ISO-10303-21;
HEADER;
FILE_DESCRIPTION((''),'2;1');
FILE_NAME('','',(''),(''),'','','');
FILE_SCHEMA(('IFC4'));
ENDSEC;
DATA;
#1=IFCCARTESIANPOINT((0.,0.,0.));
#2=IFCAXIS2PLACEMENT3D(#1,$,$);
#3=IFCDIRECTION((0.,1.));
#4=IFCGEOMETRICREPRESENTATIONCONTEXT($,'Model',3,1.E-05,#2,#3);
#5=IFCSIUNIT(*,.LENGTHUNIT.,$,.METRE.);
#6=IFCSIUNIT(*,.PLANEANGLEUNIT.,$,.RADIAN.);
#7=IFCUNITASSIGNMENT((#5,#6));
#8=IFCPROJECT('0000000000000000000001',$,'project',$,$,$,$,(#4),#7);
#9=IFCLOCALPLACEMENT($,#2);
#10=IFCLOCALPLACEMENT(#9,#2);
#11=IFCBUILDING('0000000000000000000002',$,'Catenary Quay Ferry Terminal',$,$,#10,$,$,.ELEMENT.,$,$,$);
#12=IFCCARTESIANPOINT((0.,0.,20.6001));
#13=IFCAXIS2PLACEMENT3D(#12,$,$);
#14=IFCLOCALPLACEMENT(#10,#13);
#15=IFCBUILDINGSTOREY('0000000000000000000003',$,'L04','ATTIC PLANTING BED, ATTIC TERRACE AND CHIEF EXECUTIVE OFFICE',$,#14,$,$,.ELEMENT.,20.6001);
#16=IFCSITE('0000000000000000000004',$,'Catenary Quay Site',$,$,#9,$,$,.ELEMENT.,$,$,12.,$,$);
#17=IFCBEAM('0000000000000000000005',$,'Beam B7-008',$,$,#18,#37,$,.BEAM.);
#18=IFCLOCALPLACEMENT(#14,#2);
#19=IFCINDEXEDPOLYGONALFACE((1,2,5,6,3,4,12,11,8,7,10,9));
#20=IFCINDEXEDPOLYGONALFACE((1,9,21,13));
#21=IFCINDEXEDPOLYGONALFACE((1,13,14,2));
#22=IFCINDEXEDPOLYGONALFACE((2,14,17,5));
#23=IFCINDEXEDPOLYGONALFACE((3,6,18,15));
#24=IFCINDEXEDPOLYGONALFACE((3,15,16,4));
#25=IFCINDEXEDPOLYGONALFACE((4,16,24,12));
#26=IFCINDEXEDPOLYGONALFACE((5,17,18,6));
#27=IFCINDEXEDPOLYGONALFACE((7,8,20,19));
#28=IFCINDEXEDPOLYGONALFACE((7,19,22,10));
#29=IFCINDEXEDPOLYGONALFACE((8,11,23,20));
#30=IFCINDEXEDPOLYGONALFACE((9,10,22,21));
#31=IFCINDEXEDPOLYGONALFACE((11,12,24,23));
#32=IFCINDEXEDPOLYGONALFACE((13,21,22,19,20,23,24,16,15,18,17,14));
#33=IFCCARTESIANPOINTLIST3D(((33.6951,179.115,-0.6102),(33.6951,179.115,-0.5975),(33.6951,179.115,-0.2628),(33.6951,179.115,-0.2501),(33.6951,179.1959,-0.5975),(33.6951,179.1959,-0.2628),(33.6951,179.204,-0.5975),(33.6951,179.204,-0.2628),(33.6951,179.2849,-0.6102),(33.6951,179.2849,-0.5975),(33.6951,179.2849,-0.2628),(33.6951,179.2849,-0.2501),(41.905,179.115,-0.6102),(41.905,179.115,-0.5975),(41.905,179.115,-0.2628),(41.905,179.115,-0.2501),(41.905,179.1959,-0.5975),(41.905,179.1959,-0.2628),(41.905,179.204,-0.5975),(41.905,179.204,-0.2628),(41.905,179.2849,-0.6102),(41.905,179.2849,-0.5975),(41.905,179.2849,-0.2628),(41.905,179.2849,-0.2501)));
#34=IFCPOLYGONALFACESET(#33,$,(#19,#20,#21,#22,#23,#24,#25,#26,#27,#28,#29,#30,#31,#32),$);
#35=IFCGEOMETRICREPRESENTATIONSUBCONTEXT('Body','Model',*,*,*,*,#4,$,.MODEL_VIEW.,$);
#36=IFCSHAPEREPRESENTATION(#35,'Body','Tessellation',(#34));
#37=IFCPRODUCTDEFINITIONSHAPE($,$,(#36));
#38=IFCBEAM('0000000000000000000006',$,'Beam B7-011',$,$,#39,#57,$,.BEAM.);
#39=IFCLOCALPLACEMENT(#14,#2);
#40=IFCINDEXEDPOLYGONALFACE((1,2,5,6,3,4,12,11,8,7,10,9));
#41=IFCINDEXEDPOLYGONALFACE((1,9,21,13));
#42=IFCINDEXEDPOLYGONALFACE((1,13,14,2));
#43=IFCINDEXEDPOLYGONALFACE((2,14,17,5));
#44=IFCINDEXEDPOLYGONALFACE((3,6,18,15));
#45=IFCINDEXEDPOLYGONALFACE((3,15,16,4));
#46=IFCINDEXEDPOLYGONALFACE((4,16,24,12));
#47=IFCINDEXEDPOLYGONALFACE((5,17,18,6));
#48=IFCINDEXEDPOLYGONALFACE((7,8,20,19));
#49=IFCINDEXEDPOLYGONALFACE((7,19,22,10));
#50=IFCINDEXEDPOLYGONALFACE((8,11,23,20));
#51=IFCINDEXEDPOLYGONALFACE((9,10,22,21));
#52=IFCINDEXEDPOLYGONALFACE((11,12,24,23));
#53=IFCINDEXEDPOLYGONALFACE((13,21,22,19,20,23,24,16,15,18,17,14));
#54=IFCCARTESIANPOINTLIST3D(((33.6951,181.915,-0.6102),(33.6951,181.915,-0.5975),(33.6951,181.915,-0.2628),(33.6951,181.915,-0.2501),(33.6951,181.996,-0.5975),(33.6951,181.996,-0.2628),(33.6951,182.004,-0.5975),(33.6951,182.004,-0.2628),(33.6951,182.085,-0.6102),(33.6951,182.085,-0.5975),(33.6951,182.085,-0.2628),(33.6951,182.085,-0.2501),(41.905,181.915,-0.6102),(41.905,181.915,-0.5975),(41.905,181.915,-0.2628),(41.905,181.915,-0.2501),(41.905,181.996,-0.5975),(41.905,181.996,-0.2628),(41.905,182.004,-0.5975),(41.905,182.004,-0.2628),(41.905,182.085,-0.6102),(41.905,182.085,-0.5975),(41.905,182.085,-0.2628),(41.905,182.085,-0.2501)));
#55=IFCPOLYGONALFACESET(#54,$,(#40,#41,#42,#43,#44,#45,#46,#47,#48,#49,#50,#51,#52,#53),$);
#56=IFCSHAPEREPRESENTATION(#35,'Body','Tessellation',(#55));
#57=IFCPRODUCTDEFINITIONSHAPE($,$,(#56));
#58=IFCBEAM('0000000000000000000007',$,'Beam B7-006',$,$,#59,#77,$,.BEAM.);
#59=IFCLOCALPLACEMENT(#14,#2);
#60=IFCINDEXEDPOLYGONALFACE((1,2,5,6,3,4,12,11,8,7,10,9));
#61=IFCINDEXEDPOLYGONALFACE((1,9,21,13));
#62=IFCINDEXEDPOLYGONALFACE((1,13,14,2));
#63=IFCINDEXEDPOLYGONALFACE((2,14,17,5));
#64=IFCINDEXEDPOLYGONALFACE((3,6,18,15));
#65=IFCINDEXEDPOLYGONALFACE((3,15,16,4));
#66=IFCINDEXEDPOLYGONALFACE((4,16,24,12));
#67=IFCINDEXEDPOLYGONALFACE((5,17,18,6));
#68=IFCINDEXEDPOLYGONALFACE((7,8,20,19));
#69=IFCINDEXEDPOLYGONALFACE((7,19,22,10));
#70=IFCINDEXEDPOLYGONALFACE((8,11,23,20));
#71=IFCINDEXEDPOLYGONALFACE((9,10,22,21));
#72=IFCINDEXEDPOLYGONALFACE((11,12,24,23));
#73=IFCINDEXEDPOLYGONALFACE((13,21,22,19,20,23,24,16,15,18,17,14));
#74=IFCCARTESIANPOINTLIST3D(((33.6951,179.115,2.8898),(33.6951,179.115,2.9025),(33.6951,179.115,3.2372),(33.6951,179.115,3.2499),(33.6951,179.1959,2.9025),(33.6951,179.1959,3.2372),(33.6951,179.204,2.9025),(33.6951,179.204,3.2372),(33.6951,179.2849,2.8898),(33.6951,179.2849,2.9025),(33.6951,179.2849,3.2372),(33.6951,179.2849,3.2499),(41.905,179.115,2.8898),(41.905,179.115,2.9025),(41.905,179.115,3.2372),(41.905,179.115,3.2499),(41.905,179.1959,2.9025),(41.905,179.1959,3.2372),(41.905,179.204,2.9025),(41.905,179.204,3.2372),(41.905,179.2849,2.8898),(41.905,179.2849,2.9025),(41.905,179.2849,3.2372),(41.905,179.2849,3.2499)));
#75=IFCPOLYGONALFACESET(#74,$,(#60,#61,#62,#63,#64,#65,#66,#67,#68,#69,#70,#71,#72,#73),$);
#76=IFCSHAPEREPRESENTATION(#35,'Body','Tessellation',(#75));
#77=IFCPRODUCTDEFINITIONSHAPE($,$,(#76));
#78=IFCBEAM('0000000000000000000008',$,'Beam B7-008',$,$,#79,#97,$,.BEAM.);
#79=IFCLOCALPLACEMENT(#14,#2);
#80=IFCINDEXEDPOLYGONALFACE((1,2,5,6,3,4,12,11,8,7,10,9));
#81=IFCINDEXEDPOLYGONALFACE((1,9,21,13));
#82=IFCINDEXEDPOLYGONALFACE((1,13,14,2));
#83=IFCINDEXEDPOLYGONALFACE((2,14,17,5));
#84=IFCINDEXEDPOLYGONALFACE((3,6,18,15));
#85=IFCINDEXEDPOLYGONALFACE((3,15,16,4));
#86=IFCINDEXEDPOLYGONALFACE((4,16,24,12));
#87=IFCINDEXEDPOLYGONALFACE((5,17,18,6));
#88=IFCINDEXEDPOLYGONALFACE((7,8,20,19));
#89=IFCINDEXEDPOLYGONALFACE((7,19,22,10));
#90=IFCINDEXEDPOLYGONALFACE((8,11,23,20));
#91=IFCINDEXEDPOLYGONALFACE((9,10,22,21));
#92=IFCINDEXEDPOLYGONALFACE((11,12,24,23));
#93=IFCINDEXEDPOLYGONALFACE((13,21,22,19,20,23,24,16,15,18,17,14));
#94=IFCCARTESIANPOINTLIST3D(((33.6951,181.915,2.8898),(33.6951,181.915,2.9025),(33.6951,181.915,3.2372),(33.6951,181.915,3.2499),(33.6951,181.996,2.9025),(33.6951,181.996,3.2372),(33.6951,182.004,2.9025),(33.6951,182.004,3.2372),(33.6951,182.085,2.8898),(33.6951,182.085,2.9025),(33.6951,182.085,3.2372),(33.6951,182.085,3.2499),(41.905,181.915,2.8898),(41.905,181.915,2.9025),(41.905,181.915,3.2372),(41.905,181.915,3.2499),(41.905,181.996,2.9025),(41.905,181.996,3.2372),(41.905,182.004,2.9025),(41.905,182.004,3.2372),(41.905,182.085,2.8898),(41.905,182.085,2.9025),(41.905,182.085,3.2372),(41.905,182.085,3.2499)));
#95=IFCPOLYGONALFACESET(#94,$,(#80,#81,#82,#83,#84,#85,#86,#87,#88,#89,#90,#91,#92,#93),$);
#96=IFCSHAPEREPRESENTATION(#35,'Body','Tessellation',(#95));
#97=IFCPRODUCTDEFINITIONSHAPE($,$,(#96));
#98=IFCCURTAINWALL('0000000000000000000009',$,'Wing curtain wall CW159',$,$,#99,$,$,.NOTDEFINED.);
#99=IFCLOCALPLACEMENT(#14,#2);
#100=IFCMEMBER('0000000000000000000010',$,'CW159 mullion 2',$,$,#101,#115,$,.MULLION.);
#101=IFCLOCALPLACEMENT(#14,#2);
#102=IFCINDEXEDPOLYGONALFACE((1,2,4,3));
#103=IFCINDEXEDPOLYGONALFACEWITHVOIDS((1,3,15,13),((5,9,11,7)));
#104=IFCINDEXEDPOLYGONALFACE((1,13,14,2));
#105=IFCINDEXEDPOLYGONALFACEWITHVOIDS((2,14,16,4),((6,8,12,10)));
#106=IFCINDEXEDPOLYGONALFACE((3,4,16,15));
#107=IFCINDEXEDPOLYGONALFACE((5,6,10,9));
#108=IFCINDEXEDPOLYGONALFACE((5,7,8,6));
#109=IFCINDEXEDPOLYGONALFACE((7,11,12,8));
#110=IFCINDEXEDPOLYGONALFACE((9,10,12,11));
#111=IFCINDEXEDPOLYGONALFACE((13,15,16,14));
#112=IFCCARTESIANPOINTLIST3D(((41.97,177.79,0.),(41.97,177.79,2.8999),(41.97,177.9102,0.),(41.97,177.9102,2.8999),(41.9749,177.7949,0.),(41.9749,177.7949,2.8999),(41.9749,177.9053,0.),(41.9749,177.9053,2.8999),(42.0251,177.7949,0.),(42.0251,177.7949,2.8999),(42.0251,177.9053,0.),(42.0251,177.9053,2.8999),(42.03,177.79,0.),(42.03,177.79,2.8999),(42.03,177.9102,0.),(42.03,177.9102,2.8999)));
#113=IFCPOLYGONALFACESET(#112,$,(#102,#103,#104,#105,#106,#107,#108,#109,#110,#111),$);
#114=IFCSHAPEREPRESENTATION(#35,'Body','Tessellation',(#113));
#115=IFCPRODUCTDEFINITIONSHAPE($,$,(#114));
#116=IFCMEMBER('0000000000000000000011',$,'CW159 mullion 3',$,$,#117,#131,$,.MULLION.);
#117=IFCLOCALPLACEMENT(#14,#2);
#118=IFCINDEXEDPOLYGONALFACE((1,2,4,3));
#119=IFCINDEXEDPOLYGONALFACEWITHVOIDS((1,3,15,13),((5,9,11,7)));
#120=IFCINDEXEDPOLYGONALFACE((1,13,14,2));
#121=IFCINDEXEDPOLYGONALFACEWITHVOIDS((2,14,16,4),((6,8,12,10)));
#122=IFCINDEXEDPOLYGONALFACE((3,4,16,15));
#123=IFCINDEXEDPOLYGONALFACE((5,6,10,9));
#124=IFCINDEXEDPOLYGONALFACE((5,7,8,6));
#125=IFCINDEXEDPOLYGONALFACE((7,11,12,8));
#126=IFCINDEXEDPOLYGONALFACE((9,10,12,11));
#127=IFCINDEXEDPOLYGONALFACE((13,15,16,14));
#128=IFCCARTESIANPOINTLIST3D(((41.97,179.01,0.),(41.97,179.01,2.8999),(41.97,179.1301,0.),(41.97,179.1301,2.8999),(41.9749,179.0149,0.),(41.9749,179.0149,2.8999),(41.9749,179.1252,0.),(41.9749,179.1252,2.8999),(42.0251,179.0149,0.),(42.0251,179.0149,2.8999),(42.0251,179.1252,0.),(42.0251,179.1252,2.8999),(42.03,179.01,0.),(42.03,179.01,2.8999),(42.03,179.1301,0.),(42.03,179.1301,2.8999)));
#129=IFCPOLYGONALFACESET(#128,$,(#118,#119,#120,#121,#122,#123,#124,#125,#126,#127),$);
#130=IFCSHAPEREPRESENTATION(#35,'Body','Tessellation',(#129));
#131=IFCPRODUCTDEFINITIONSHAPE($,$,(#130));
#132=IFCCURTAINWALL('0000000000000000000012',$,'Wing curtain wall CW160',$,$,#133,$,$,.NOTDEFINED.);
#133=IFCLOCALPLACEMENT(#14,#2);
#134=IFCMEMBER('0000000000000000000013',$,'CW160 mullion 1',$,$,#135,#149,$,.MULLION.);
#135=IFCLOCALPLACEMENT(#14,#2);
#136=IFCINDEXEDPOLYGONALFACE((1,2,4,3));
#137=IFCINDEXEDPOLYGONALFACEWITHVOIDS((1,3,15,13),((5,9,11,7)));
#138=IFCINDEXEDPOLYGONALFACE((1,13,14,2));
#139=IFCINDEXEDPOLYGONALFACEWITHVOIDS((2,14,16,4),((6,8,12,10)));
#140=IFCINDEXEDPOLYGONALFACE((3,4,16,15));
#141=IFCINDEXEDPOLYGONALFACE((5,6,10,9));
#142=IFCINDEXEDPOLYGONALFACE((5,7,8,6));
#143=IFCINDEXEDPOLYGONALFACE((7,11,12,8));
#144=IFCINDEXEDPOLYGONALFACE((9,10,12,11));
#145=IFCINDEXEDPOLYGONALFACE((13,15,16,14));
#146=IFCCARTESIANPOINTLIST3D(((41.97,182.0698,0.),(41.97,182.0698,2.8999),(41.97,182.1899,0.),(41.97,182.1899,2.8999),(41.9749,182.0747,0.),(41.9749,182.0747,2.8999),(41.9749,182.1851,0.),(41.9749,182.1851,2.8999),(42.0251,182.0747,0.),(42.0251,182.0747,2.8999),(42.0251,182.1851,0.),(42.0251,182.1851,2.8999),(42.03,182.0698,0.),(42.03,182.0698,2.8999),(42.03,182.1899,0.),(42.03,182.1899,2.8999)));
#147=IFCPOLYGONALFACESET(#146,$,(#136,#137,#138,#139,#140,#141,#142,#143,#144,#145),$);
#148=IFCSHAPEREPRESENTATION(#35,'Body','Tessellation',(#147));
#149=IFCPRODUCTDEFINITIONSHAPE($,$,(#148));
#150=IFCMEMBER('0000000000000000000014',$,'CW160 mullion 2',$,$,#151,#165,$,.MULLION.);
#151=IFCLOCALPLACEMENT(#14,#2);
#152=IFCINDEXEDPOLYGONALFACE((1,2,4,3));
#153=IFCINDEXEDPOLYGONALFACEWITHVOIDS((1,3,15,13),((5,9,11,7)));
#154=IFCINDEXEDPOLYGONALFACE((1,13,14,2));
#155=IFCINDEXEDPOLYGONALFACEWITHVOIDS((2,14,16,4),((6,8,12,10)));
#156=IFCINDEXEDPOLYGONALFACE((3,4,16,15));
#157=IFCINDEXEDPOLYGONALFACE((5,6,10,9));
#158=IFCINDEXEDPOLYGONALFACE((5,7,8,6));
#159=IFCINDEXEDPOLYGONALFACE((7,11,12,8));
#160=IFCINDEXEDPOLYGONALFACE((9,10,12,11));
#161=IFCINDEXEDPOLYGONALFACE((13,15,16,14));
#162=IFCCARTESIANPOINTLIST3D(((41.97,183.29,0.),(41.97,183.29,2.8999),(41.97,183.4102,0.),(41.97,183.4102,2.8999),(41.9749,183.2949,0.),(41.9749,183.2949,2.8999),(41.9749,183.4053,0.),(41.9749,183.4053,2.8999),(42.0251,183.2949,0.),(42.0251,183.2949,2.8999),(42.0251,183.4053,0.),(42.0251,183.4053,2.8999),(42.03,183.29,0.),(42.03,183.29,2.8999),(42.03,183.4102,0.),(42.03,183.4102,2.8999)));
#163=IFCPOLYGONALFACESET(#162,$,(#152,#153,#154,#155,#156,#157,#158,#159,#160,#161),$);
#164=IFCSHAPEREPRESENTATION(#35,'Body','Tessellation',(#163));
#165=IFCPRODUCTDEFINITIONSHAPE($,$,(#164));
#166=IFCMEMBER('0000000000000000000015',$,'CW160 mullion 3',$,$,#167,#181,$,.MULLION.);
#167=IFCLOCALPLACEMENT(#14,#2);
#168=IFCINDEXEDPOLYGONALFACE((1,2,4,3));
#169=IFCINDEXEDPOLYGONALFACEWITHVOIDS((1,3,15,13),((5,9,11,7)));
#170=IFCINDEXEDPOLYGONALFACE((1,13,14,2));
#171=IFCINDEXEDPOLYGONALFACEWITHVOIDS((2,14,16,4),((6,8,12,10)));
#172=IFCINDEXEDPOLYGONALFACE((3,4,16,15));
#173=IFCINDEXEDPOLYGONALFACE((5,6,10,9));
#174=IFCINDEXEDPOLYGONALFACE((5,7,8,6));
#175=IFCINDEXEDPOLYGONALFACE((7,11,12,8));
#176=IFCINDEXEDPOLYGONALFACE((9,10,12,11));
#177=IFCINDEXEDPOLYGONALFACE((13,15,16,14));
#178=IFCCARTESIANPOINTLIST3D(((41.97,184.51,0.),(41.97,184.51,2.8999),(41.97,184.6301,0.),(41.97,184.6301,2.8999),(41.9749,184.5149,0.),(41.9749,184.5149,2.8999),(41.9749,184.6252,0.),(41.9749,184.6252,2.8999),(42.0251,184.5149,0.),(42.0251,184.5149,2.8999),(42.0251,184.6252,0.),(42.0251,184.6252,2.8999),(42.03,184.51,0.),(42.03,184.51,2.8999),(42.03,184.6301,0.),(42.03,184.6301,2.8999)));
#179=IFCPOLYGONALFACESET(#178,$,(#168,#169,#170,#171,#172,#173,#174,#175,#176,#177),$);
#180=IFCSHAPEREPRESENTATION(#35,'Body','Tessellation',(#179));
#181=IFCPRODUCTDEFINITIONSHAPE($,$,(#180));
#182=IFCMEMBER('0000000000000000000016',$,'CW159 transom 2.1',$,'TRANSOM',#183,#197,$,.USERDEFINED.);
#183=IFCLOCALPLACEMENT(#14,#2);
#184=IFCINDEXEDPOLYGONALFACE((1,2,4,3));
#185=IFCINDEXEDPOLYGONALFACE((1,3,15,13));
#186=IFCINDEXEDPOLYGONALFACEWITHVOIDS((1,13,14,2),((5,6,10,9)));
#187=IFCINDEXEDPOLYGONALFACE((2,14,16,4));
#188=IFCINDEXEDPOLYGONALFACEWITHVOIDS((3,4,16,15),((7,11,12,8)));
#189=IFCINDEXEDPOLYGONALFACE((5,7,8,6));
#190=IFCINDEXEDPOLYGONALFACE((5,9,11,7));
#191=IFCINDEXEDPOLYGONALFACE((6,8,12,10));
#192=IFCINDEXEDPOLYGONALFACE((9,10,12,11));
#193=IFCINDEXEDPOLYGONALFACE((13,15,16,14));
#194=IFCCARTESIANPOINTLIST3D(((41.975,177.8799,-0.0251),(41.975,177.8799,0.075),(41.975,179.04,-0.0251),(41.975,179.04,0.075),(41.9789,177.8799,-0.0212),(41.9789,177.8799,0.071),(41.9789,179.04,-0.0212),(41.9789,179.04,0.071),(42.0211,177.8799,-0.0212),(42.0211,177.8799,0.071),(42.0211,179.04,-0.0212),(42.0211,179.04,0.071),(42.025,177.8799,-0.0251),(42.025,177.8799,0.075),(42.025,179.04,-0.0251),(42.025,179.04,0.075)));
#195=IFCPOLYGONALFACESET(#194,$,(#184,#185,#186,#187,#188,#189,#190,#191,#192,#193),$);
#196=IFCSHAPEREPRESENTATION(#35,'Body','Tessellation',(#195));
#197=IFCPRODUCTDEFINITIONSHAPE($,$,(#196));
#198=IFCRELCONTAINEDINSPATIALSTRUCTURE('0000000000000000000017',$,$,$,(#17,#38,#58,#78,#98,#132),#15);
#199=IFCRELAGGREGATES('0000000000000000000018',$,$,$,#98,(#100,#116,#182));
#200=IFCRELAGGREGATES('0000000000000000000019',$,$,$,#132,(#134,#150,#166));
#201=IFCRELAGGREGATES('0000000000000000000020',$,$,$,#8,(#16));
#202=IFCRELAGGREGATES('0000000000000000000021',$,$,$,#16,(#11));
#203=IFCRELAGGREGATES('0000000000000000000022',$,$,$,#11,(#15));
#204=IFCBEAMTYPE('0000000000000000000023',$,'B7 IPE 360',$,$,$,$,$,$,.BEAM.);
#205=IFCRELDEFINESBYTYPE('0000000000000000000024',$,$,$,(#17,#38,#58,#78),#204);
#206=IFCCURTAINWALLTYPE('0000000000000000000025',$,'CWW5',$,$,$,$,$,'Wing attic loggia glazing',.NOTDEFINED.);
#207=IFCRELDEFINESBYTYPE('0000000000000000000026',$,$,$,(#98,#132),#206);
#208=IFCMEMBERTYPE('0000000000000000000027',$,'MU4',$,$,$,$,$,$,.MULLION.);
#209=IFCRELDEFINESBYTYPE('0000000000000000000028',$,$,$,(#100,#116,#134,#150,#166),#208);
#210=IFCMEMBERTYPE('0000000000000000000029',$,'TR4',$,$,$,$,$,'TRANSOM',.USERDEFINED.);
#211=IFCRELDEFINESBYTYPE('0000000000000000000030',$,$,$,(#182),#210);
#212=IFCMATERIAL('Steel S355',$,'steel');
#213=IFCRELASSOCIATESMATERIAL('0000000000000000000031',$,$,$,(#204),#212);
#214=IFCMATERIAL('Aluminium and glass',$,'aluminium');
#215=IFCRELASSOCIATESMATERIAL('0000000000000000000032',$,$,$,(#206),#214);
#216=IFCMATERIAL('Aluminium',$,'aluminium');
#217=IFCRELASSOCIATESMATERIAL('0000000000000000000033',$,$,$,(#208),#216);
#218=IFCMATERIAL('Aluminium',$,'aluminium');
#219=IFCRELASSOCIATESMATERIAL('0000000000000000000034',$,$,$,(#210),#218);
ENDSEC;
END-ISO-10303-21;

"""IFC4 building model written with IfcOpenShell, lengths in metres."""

from ifc_helpers import new_model, si_unit, direction, frame, origin, origin_2d, place, context, subcontext, project, spatial, hollow_rectangle, i_section, extrude, material, material_profile, profile_set, type_object, element, aggregate, save


model = new_model("IFC4")

# Units and contexts
model_context = context("Model", 3, precision=1e-05, world=origin(), true_north=direction((0.0, 1.0)))
body_context = subcontext(model_context, "Body", "Model", "MODEL_VIEW")
ifc_project = project(units=[si_unit("LENGTHUNIT", "METRE"), si_unit("PLANEANGLEUNIT", "RADIAN")], contexts=[model_context])

# Site, building, storey
site_placement = place(None, origin())
site = spatial("IfcSite", under=ifc_project, at=site_placement, Name="Catenary Quay Site", CompositionType="ELEMENT", RefElevation=12.0)
building_placement = place(site_placement, origin())
building = spatial("IfcBuilding", under=site, at=building_placement, Name="Catenary Quay Ferry Terminal", CompositionType="ELEMENT")
storey_placement = place(building_placement, frame((0.0, 0.0, 20.6001)))
storey = spatial("IfcBuildingStorey", under=building, at=storey_placement, Name="L04", Description="ATTIC PLANTING BED, ATTIC TERRACE AND CHIEF EXECUTIVE OFFICE", CompositionType="ELEMENT", Elevation=20.6001)

# Beams
ifc_material_1 = material(Name="Steel S355", Category="steel")
ifc_material_profile_1 = material_profile(ifc_material_1, i_section(OverallWidth=0.1699, OverallDepth=0.3601, WebThickness=0.0081, FlangeThickness=0.0127, at=origin_2d()), Name="IPE 360")
ifc_profile_set_1 = profile_set([ifc_material_profile_1], Name="Steel S355")
beam_type = type_object("IfcBeamType", Name="B7 IPE 360", PredefinedType="BEAM", material=ifc_profile_set_1)
for number, where, z_axis, x_axis, name in (
    (1, (33.6951, 179.2, -0.4302), (1.0, 0.0, 0.0), (0.0, 1.0, 0.0), "Beam B7-008"),
    (2, (33.6951, 182.0, -0.4302), (1.0, 0.0, 0.0), (0.0, 1.0, 0.0), "Beam B7-011"),
    (3, (33.6951, 179.2, 3.0698), (1.0, 0.0, 0.0), (0.0, 1.0, 0.0), "Beam B7-006"),
    (4, (33.6951, 182.0, 3.0698), (1.0, 0.0, 0.0), (0.0, 1.0, 0.0), "Beam B7-008"),
):
    element("IfcBeam", number, at=place(storey_placement, frame(where, z_axis=z_axis, x_axis=x_axis)), inside=storey, type_object=beam_type, Name=name, PredefinedType="BEAM", context=body_context, shape_type="SweptSolid", body=[
        extrude(i_section(OverallWidth=0.1699, OverallDepth=0.3601, WebThickness=0.0081, FlangeThickness=0.0127, at=origin_2d()), origin(), (0.0, 0.0, 1.0), 8.21),
    ])

# Curtain walls, members
ifc_material_2 = material(Name="Aluminium and glass", Category="aluminium")
curtain_wall_type = type_object("IfcCurtainWallType", Name="CWW5", ElementType="Wing attic loggia glazing", PredefinedType="NOTDEFINED", material=ifc_material_2)
curtain_wall_1_placement = place(storey_placement, origin())
curtain_wall_1 = element("IfcCurtainWall", 5, at=curtain_wall_1_placement, inside=storey, type_object=curtain_wall_type, Name="Wing curtain wall CW159", PredefinedType="NOTDEFINED")
ifc_material_3 = material(Name="Aluminium", Category="aluminium")
ifc_material_profile_2 = material_profile(ifc_material_3, hollow_rectangle(XDim=0.0601, YDim=0.1201, WallThickness=0.0049, at=origin_2d()), Name="MU4")
ifc_profile_set_2 = profile_set([ifc_material_profile_2], Name="Aluminium")
member_type_1 = type_object("IfcMemberType", Name="MU4", PredefinedType="MULLION", material=ifc_profile_set_2)
member_1_placement = place(storey_placement, frame((42.0, 177.8501, 0.0), z_axis=(0.0, 0.0, 1.0), x_axis=(-1.0, 0.0, 0.0)))
member_1 = element("IfcMember", 6, at=member_1_placement, type_object=member_type_1, Name="CW159 mullion 2", PredefinedType="MULLION", context=body_context, shape_type="SweptSolid", body=[
    extrude(hollow_rectangle(XDim=0.0601, YDim=0.1201, WallThickness=0.0049, at=origin_2d()), origin(), (0.0, 0.0, 1.0), 2.8999),
])
member_2_placement = place(storey_placement, frame((42.0, 179.0701, 0.0), z_axis=(0.0, 0.0, 1.0), x_axis=(-1.0, 0.0, 0.0)))
member_2 = element("IfcMember", 7, at=member_2_placement, type_object=member_type_1, Name="CW159 mullion 3", PredefinedType="MULLION", context=body_context, shape_type="SweptSolid", body=[
    extrude(hollow_rectangle(XDim=0.0601, YDim=0.1201, WallThickness=0.0049, at=origin_2d()), origin(), (0.0, 0.0, 1.0), 2.8999),
])
curtain_wall_2_placement = place(storey_placement, origin())
curtain_wall_2 = element("IfcCurtainWall", 8, at=curtain_wall_2_placement, inside=storey, type_object=curtain_wall_type, Name="Wing curtain wall CW160", PredefinedType="NOTDEFINED")
member_3_placement = place(storey_placement, frame((42.0, 182.1299, 0.0), z_axis=(0.0, 0.0, 1.0), x_axis=(-1.0, 0.0, 0.0)))
member_3 = element("IfcMember", 9, at=member_3_placement, type_object=member_type_1, Name="CW160 mullion 1", PredefinedType="MULLION", context=body_context, shape_type="SweptSolid", body=[
    extrude(hollow_rectangle(XDim=0.0601, YDim=0.1201, WallThickness=0.0049, at=origin_2d()), origin(), (0.0, 0.0, 1.0), 2.8999),
])
member_4_placement = place(storey_placement, frame((42.0, 183.3501, 0.0), z_axis=(0.0, 0.0, 1.0), x_axis=(-1.0, 0.0, 0.0)))
member_4 = element("IfcMember", 10, at=member_4_placement, type_object=member_type_1, Name="CW160 mullion 2", PredefinedType="MULLION", context=body_context, shape_type="SweptSolid", body=[
    extrude(hollow_rectangle(XDim=0.0601, YDim=0.1201, WallThickness=0.0049, at=origin_2d()), origin(), (0.0, 0.0, 1.0), 2.8999),
])
member_5_placement = place(storey_placement, frame((42.0, 184.5701, 0.0), z_axis=(0.0, 0.0, 1.0), x_axis=(-1.0, 0.0, 0.0)))
member_5 = element("IfcMember", 11, at=member_5_placement, type_object=member_type_1, Name="CW160 mullion 3", PredefinedType="MULLION", context=body_context, shape_type="SweptSolid", body=[
    extrude(hollow_rectangle(XDim=0.0601, YDim=0.1201, WallThickness=0.0049, at=origin_2d()), origin(), (0.0, 0.0, 1.0), 2.8999),
])

# Member
ifc_material_4 = material(Name="Aluminium", Category="aluminium")
ifc_material_profile_3 = material_profile(ifc_material_4, hollow_rectangle(XDim=0.05, YDim=0.1001, WallThickness=0.0039, at=origin_2d()), Name="TR4")
ifc_profile_set_3 = profile_set([ifc_material_profile_3], Name="Aluminium")
member_type_2 = type_object("IfcMemberType", Name="TR4", ElementType="TRANSOM", PredefinedType="USERDEFINED", material=ifc_profile_set_3)
member_6_placement = place(storey_placement, frame((42.0, 177.8799, 0.0249), z_axis=(0.0, 1.0, 0.0), x_axis=(-1.0, 0.0, 0.0)))
member_6 = element("IfcMember", 12, at=member_6_placement, type_object=member_type_2, Name="CW159 transom 2.1", ObjectType="TRANSOM", PredefinedType="USERDEFINED", context=body_context, shape_type="SweptSolid", body=[
    extrude(hollow_rectangle(XDim=0.05, YDim=0.1001, WallThickness=0.0039, at=origin_2d()), origin(), (0.0, 0.0, 1.0), 1.1602),
])

aggregate(curtain_wall_1, [member_1, member_2, member_6])
aggregate(curtain_wall_2, [member_3, member_4, member_5])

save(model, "model.ifc")
